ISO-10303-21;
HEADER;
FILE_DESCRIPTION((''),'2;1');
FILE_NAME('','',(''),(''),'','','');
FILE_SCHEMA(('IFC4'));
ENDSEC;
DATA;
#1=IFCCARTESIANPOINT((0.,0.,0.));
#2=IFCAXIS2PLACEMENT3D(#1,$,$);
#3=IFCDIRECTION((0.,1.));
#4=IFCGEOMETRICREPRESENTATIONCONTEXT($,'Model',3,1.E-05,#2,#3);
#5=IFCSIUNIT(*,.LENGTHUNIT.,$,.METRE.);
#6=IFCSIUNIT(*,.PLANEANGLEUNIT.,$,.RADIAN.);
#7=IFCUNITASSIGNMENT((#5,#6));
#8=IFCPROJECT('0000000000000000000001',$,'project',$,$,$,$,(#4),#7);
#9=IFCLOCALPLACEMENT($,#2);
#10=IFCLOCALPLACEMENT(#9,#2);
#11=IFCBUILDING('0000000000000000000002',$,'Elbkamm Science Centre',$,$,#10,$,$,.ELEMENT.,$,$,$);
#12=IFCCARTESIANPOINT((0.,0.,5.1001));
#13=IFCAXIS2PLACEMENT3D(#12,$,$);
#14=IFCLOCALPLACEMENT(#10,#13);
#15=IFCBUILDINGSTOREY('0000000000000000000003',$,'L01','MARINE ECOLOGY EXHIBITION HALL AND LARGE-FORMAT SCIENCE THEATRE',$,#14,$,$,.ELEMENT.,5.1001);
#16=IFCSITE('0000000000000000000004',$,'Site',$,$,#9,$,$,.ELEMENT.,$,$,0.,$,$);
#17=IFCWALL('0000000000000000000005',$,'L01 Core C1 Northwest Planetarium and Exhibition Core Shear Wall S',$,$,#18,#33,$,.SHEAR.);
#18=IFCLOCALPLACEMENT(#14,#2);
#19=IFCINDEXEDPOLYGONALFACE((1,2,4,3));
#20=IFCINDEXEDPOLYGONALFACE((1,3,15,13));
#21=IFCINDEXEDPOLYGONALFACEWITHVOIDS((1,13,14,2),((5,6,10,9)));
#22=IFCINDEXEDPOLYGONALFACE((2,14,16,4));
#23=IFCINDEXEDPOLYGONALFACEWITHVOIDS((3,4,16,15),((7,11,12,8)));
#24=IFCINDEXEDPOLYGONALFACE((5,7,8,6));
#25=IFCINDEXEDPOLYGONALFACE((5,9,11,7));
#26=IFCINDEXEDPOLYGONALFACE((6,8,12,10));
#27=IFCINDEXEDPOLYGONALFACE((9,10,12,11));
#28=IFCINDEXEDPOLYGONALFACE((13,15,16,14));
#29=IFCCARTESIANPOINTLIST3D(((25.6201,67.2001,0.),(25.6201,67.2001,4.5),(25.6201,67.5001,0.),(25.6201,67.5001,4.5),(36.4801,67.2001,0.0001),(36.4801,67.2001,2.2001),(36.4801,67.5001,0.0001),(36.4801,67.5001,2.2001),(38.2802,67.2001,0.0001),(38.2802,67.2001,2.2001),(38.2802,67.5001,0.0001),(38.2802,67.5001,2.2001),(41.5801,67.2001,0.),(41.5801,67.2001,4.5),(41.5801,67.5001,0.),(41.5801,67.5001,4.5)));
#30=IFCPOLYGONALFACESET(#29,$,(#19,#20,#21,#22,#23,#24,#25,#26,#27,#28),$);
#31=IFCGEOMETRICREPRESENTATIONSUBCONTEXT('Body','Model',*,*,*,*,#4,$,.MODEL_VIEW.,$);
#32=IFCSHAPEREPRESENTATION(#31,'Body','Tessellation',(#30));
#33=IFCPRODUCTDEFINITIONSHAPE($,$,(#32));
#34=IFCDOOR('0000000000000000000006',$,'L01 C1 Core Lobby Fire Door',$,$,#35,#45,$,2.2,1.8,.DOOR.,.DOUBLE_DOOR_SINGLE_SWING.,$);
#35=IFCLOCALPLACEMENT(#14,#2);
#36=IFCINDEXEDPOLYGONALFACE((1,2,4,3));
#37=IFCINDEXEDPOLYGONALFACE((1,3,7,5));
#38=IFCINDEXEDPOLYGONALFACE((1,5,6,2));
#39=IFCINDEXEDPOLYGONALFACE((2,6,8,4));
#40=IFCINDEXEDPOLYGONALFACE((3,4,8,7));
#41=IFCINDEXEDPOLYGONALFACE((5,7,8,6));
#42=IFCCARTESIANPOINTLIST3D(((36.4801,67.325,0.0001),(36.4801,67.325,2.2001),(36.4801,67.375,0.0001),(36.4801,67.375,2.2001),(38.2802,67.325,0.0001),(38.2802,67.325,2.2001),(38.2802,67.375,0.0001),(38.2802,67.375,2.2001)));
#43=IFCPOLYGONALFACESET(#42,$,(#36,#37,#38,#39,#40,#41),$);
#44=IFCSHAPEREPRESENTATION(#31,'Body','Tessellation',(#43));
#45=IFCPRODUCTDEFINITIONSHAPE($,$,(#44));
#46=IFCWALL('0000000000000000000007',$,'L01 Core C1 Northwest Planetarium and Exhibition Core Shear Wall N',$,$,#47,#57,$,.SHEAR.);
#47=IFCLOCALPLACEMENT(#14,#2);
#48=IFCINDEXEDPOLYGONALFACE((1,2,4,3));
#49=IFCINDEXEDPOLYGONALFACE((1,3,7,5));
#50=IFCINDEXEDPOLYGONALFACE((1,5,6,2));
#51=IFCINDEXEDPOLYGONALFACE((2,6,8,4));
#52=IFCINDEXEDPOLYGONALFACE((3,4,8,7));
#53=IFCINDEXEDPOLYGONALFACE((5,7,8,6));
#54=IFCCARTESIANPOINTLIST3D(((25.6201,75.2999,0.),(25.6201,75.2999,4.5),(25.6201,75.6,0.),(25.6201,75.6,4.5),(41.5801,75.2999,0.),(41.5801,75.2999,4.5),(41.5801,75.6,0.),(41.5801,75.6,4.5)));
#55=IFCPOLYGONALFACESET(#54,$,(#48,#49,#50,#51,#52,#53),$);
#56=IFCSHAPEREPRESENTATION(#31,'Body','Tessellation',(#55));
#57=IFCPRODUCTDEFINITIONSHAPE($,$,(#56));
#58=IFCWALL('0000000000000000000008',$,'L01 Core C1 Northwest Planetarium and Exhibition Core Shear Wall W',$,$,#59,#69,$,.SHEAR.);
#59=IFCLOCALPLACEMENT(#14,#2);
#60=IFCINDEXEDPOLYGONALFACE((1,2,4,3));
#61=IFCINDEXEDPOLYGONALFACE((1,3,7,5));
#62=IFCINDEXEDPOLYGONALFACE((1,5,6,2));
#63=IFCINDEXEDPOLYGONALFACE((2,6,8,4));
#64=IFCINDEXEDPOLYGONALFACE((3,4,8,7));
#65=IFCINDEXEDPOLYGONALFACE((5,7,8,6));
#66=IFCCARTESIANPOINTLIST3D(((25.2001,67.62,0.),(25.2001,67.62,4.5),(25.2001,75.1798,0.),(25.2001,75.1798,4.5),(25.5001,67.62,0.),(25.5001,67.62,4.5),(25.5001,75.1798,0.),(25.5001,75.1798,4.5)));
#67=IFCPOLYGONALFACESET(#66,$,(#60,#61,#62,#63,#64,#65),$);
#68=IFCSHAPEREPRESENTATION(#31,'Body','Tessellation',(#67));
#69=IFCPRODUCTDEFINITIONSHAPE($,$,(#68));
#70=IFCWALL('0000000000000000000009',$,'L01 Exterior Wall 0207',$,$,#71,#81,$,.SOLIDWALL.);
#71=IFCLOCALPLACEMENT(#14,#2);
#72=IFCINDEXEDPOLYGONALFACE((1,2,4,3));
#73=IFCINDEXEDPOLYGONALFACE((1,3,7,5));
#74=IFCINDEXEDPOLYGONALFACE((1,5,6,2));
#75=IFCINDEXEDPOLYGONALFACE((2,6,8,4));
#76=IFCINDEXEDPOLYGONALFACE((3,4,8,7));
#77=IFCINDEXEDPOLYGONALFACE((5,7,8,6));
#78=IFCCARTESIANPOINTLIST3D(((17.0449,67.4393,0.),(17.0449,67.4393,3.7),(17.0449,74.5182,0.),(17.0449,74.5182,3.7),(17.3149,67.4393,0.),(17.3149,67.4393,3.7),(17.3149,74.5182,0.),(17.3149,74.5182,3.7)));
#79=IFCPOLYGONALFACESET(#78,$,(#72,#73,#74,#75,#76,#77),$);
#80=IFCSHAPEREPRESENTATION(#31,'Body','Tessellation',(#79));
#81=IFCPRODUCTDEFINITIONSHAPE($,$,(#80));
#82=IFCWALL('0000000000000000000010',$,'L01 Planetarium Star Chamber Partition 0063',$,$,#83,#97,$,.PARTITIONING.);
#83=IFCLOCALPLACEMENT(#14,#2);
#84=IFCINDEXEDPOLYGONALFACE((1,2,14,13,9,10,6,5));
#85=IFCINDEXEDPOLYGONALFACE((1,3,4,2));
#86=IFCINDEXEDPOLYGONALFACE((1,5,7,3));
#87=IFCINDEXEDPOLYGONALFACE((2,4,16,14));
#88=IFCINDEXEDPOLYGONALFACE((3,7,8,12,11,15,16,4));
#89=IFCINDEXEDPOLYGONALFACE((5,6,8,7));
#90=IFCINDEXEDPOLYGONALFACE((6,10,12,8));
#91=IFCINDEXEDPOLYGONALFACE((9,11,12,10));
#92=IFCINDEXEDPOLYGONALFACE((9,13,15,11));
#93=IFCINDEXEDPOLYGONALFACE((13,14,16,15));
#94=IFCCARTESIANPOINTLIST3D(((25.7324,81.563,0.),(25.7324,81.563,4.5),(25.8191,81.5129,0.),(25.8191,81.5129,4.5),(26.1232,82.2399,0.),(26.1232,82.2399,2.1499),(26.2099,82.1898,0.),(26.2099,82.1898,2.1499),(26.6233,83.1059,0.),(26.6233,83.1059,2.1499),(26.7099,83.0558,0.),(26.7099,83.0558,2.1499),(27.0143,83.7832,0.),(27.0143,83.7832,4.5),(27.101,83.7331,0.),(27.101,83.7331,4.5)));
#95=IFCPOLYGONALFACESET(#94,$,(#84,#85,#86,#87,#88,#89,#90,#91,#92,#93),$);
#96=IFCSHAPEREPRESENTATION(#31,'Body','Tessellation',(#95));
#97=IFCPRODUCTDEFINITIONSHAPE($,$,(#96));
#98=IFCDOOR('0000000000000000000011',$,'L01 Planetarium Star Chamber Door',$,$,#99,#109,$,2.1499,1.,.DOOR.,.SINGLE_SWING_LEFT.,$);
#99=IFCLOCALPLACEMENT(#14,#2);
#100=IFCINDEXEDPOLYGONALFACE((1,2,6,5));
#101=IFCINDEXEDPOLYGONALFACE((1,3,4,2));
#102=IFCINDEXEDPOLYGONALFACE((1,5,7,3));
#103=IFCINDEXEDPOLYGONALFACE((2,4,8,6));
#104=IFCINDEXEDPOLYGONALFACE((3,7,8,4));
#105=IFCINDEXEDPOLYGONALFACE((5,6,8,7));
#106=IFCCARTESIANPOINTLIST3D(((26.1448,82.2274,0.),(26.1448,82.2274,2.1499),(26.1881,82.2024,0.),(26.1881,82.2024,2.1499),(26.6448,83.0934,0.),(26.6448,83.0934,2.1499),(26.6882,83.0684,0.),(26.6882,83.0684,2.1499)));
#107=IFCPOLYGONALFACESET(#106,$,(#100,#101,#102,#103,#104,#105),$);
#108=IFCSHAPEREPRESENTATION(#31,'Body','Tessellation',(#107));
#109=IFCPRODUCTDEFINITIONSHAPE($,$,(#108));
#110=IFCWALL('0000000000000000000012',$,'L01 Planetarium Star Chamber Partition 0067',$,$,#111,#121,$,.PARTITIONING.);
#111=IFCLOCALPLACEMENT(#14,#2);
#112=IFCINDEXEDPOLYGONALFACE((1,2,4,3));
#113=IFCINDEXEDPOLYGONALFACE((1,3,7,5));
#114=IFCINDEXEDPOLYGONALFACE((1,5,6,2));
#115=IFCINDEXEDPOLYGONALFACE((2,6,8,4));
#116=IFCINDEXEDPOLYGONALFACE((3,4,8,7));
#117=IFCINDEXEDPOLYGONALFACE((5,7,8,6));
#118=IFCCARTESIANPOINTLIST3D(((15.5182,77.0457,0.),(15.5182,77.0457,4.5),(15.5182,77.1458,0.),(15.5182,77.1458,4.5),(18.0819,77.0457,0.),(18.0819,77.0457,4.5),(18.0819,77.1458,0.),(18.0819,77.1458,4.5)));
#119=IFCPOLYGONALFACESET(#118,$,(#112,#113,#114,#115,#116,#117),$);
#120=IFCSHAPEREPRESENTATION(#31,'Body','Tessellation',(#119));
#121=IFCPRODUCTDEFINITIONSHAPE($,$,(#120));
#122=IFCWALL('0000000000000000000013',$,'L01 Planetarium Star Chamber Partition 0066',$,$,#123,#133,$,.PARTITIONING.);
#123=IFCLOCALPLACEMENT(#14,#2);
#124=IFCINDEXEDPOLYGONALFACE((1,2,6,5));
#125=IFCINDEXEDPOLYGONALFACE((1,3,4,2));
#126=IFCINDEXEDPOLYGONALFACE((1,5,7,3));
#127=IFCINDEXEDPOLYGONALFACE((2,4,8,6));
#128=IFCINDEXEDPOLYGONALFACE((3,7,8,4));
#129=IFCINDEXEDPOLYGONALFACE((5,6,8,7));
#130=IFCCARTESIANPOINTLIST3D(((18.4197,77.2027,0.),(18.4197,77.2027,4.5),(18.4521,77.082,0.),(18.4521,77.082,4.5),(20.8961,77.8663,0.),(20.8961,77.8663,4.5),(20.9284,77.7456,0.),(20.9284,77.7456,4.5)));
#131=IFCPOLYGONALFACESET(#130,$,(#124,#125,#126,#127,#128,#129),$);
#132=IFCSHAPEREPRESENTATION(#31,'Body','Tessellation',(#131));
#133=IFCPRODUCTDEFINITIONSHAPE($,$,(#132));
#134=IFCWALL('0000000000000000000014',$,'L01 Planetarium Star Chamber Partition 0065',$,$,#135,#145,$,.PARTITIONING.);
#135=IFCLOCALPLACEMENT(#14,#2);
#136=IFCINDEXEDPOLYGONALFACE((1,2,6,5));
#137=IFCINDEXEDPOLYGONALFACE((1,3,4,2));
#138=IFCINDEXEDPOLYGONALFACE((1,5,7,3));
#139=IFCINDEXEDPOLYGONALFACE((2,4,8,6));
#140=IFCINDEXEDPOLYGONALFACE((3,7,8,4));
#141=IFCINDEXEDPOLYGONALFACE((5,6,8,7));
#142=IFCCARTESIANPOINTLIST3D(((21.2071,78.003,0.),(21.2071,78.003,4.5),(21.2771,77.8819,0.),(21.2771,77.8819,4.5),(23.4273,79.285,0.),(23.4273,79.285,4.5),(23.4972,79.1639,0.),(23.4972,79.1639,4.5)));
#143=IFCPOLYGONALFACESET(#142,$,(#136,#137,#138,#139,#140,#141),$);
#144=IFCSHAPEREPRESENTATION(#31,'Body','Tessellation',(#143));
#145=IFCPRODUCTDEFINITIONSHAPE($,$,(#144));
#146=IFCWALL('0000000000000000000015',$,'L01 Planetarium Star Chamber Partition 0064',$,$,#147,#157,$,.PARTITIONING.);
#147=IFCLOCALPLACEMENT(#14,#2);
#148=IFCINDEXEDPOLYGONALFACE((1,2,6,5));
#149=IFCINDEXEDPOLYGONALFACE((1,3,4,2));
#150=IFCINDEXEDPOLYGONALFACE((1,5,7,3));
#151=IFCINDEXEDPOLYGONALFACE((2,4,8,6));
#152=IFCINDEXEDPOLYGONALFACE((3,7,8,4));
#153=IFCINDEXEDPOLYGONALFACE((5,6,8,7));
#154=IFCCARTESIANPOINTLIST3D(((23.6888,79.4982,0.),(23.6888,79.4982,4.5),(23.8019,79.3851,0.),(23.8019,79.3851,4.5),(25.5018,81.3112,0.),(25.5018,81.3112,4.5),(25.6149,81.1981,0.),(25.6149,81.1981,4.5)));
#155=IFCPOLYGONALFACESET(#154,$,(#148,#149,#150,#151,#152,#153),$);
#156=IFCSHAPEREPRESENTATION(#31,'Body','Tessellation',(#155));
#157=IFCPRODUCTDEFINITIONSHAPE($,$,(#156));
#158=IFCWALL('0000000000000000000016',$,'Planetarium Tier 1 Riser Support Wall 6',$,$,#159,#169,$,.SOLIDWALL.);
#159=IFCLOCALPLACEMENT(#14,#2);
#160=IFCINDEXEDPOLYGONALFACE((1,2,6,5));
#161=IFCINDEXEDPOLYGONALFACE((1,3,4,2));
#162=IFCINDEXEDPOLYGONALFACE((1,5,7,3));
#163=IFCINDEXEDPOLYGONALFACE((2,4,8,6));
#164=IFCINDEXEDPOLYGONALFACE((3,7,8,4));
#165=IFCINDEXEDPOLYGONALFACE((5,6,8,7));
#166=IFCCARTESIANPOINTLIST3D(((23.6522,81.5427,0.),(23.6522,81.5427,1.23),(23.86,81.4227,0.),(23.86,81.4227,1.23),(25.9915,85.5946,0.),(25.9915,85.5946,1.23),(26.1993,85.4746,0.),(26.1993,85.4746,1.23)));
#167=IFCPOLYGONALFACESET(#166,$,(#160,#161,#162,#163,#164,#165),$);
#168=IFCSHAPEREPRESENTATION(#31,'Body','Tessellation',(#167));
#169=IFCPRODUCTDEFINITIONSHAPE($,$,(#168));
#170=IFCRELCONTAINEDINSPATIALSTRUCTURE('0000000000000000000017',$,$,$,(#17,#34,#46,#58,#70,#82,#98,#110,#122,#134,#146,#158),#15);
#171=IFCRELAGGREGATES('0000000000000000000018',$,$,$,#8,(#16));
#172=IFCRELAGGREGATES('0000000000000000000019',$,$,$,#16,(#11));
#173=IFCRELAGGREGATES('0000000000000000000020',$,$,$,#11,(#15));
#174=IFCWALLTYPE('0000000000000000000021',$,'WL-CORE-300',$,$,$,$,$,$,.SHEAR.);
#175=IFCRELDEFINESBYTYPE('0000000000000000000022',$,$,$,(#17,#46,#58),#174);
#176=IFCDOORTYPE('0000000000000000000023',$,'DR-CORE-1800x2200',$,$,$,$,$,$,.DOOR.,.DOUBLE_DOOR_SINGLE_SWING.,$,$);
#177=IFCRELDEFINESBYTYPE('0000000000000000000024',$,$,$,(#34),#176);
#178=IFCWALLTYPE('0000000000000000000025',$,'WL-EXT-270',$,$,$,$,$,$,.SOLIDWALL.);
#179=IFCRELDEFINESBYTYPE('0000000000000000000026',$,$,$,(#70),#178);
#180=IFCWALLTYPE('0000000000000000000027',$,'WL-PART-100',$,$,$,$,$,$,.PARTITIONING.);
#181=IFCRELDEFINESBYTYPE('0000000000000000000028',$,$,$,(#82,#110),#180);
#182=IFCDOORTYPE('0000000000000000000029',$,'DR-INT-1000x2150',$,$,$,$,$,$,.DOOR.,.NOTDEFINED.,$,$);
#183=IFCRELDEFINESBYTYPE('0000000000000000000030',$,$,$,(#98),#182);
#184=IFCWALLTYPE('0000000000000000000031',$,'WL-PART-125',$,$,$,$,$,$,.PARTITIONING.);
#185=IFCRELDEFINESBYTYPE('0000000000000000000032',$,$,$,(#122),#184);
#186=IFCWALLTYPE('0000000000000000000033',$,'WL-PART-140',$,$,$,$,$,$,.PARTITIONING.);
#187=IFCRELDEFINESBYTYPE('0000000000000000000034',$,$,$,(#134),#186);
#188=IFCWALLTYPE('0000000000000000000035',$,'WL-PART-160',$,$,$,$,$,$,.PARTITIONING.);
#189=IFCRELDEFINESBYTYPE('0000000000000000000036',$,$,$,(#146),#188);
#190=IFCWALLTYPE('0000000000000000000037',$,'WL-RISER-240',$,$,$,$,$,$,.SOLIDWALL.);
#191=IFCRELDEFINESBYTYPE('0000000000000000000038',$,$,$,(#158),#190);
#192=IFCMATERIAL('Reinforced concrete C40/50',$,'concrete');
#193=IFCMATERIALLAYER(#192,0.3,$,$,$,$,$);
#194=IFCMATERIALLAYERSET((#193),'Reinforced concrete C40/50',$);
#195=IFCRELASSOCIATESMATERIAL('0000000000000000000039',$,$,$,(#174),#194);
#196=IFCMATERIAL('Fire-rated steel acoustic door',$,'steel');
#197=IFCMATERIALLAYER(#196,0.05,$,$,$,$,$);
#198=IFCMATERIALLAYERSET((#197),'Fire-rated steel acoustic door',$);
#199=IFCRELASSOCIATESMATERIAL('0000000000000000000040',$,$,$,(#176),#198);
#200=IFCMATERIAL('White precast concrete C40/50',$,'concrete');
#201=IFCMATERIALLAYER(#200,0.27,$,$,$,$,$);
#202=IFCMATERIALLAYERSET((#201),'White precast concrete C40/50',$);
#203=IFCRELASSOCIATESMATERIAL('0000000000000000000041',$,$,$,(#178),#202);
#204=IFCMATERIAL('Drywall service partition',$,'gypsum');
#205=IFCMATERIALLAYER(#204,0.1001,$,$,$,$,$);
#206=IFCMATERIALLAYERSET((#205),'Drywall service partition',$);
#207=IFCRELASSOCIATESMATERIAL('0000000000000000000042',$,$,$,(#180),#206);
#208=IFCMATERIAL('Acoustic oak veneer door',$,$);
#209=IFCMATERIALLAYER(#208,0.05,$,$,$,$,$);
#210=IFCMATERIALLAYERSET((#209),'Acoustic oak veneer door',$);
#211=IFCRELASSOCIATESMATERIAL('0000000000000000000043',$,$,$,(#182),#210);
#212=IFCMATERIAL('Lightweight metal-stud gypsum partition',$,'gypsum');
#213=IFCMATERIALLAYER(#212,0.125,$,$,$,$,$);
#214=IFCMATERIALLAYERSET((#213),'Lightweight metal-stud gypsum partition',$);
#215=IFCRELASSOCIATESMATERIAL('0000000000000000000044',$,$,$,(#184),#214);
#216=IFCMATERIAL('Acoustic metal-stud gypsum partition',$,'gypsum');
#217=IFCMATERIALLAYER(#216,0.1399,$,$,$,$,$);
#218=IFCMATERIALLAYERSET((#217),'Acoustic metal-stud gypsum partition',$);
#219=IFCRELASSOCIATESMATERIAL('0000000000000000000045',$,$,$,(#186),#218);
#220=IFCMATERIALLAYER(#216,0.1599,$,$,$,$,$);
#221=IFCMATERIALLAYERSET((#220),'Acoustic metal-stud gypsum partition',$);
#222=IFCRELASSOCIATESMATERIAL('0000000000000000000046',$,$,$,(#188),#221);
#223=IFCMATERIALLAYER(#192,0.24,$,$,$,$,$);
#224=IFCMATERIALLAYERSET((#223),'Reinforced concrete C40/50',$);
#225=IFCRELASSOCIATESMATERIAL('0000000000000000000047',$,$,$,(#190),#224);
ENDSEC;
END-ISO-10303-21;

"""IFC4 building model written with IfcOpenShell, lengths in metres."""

from ifc_helpers import new_model, si_unit, direction, frame, frame_2d, origin, place, context, subcontext, project, spatial, rectangle, extrude, material, layer, layer_set, type_object, element, fill, save


model = new_model("IFC4")

# Units and contexts
model_context = context("Model", 3, precision=1e-05, world=origin(), true_north=direction((0.0, 1.0)))
body_context = subcontext(model_context, "Body", "Model", "MODEL_VIEW")
ifc_project = project(units=[si_unit("LENGTHUNIT", "METRE"), si_unit("PLANEANGLEUNIT", "RADIAN")], contexts=[model_context])

# Site, building, storey
site_placement = place(None, origin())
site = spatial("IfcSite", under=ifc_project, at=site_placement, Name="Site", CompositionType="ELEMENT", RefElevation=0.0)
building_placement = place(site_placement, origin())
building = spatial("IfcBuilding", under=site, at=building_placement, Name="Elbkamm Science Centre", CompositionType="ELEMENT")
storey_placement = place(building_placement, frame((0.0, 0.0, 5.1001)))
storey = spatial("IfcBuildingStorey", under=building, at=storey_placement, Name="L01", Description="MARINE ECOLOGY EXHIBITION HALL AND LARGE-FORMAT SCIENCE THEATRE", CompositionType="ELEMENT", Elevation=5.1001)

# Shared definitions
ifc_material_1 = material(Name="Reinforced concrete C40/50", Category="concrete")

# Wall, opening, door
ifc_layer_1 = layer(ifc_material_1, 0.3)
ifc_layer_set_1 = layer_set([ifc_layer_1], Name="Reinforced concrete C40/50")
wall_type_1 = type_object("IfcWallType", Name="WL-CORE-300", PredefinedType="SHEAR", material=ifc_layer_set_1)
wall_1_placement = place(storey_placement, frame((25.6201, 67.3501, 0.0), z_axis=(0.0, 0.0, 1.0), x_axis=(1.0, 0.0, 0.0)))
wall_1 = element("IfcWall", 1, at=wall_1_placement, inside=storey, type_object=wall_type_1, Name="L01 Core C1 Northwest Planetarium and Exhibition Core Shear Wall S", PredefinedType="SHEAR", context=body_context, shape_type="SweptSolid", body=[
    extrude(rectangle(XDim=15.96, YDim=0.3, at=frame_2d((7.98, 0.0))), origin(), (0.0, 0.0, 1.0), 4.5),
])
opening_1_placement = place(wall_1_placement, frame((10.8601, 0.0, 0.0)))
opening_1 = element("IfcOpeningElement", 2, at=opening_1_placement, cuts=wall_1, PredefinedType="OPENING", context=body_context, shape_type="SweptSolid", body=[
    extrude(rectangle(XDim=1.8, YDim=2.2, at=frame_2d((0.8999, 1.1001))), frame((0.0, 0.1621, 0.0), z_axis=(0.0, -1.0, 0.0), x_axis=(1.0, 0.0, 0.0)), (0.0, 0.0, 1.0), 0.324),
])
ifc_material_2 = material(Name="Fire-rated steel acoustic door", Category="steel")
ifc_layer_2 = layer(ifc_material_2, 0.05)
ifc_layer_set_2 = layer_set([ifc_layer_2], Name="Fire-rated steel acoustic door")
door_type_1 = type_object("IfcDoorType", Name="DR-CORE-1800x2200", OperationType="DOUBLE_DOOR_SINGLE_SWING", PredefinedType="DOOR", material=ifc_layer_set_2)
door_1_placement = place(opening_1_placement, origin())
door_1 = element("IfcDoor", 3, at=door_1_placement, inside=storey, type_object=door_type_1, Name="L01 C1 Core Lobby Fire Door", OperationType="DOUBLE_DOOR_SINGLE_SWING", OverallHeight=2.2, OverallWidth=1.8, PredefinedType="DOOR", context=body_context, shape_type="SweptSolid", body=[
    extrude(rectangle(XDim=1.8, YDim=2.2, at=frame_2d((0.8999, 1.1001))), frame((0.0, 0.0249, 0.0), z_axis=(0.0, -1.0, 0.0), x_axis=(1.0, 0.0, 0.0)), (0.0, 0.0, 1.0), 0.05),
])
fill(opening_1, door_1)

# Walls
wall_2_placement = place(storey_placement, frame((25.6201, 75.45, 0.0), z_axis=(0.0, 0.0, 1.0), x_axis=(1.0, 0.0, 0.0)))
element("IfcWall", 4, at=wall_2_placement, inside=storey, type_object=wall_type_1, Name="L01 Core C1 Northwest Planetarium and Exhibition Core Shear Wall N", PredefinedType="SHEAR", context=body_context, shape_type="SweptSolid", body=[
    extrude(rectangle(XDim=15.96, YDim=0.3, at=frame_2d((7.98, 0.0))), origin(), (0.0, 0.0, 1.0), 4.5),
])
wall_3_placement = place(storey_placement, frame((25.3501, 67.6201, 0.0), z_axis=(0.0, 0.0, 1.0), x_axis=(0.0, 1.0, 0.0)))
element("IfcWall", 5, at=wall_3_placement, inside=storey, type_object=wall_type_1, Name="L01 Core C1 Northwest Planetarium and Exhibition Core Shear Wall W", PredefinedType="SHEAR", context=body_context, shape_type="SweptSolid", body=[
    extrude(rectangle(XDim=7.5598, YDim=0.3, at=frame_2d((3.7798, 0.0))), origin(), (0.0, 0.0, 1.0), 4.5),
])
ifc_material_3 = material(Name="White precast concrete C40/50", Category="concrete")
ifc_layer_3 = layer(ifc_material_3, 0.27)
ifc_layer_set_3 = layer_set([ifc_layer_3], Name="White precast concrete C40/50")
wall_type_2 = type_object("IfcWallType", Name="WL-EXT-270", PredefinedType="SOLIDWALL", material=ifc_layer_set_3)
wall_4_placement = place(storey_placement, frame((17.1799, 67.4392, 0.0), z_axis=(0.0, 0.0, 1.0), x_axis=(0.0, 1.0, 0.0)))
element("IfcWall", 6, at=wall_4_placement, inside=storey, type_object=wall_type_2, Name="L01 Exterior Wall 0207", PredefinedType="SOLIDWALL", context=body_context, shape_type="SweptSolid", body=[
    extrude(rectangle(XDim=7.0789, YDim=0.27, at=frame_2d((3.5396, 0.0))), origin(), (0.0, 0.0, 1.0), 3.7),
])

# Wall, opening, door
ifc_material_4 = material(Name="Drywall service partition", Category="gypsum")
ifc_layer_4 = layer(ifc_material_4, 0.1001)
ifc_layer_set_4 = layer_set([ifc_layer_4], Name="Drywall service partition")
wall_type_3 = type_object("IfcWallType", Name="WL-PART-100", PredefinedType="PARTITIONING", material=ifc_layer_set_4)
wall_5_placement = place(storey_placement, frame((27.0576, 83.7581, 0.0), z_axis=(0.0, 0.0, 1.0), x_axis=(-0.500041, -0.866002, 0.0)))
wall_5 = element("IfcWall", 7, at=wall_5_placement, inside=storey, type_object=wall_type_3, Name="L01 Planetarium Star Chamber Partition 0063", PredefinedType="PARTITIONING", context=body_context, shape_type="SweptSolid", body=[
    extrude(rectangle(XDim=2.5637, YDim=0.1001, at=frame_2d((1.2817, 0.0))), origin(), (0.0, 0.0, 1.0), 4.5),
])
opening_2_placement = place(wall_5_placement, frame((0.782, 0.0, 0.0)))
opening_2 = element("IfcOpeningElement", 8, at=opening_2_placement, cuts=wall_5, PredefinedType="OPENING", context=body_context, shape_type="SweptSolid", body=[
    extrude(rectangle(XDim=1.0, YDim=2.1499, at=frame_2d((0.5, 1.075))), frame((0.0, 0.062, 0.0), z_axis=(0.0, -1.0, 0.0), x_axis=(1.0, 0.0, 0.0)), (0.0, 0.0, 1.0), 0.124),
])
ifc_material_5 = material(Name="Acoustic oak veneer door")
ifc_layer_5 = layer(ifc_material_5, 0.05)
ifc_layer_set_5 = layer_set([ifc_layer_5], Name="Acoustic oak veneer door")
door_type_2 = type_object("IfcDoorType", Name="DR-INT-1000x2150", OperationType="NOTDEFINED", PredefinedType="DOOR", material=ifc_layer_set_5)
door_2_placement = place(opening_2_placement, origin())
door_2 = element("IfcDoor", 9, at=door_2_placement, inside=storey, type_object=door_type_2, Name="L01 Planetarium Star Chamber Door", OperationType="SINGLE_SWING_LEFT", OverallHeight=2.1499, OverallWidth=1.0, PredefinedType="DOOR", context=body_context, shape_type="SweptSolid", body=[
    extrude(rectangle(XDim=1.0, YDim=2.1499, at=frame_2d((0.5, 1.075))), frame((0.0, 0.0249, 0.0), z_axis=(0.0, -1.0, 0.0), x_axis=(1.0, 0.0, 0.0)), (0.0, 0.0, 1.0), 0.05),
])
fill(opening_2, door_2)

# Walls
wall_6_placement = place(storey_placement, frame((18.0818, 77.0957, 0.0), z_axis=(0.0, 0.0, 1.0), x_axis=(-1.0, 0.0, 0.0)))
element("IfcWall", 10, at=wall_6_placement, inside=storey, type_object=wall_type_3, Name="L01 Planetarium Star Chamber Partition 0067", PredefinedType="PARTITIONING", context=body_context, shape_type="SweptSolid", body=[
    extrude(rectangle(XDim=2.5637, YDim=0.1001, at=frame_2d((1.2817, 0.0))), origin(), (0.0, 0.0, 1.0), 4.5),
])
ifc_material_6 = material(Name="Lightweight metal-stud gypsum partition", Category="gypsum")
ifc_layer_6 = layer(ifc_material_6, 0.125)
ifc_layer_set_6 = layer_set([ifc_layer_6], Name="Lightweight metal-stud gypsum partition")
wall_type_4 = type_object("IfcWallType", Name="WL-PART-125", PredefinedType="PARTITIONING", material=ifc_layer_set_6)
wall_7_placement = place(storey_placement, frame((20.9121, 77.8059, 0.0), z_axis=(0.0, 0.0, 1.0), x_axis=(-0.965921, -0.258836, 0.0)))
element("IfcWall", 11, at=wall_7_placement, inside=storey, type_object=wall_type_4, Name="L01 Planetarium Star Chamber Partition 0066", PredefinedType="PARTITIONING", context=body_context, shape_type="SweptSolid", body=[
    extrude(rectangle(XDim=2.5637, YDim=0.125, at=frame_2d((1.2817, 0.0))), origin(), (0.0, 0.0, 1.0), 4.5),
])
ifc_material_7 = material(Name="Acoustic metal-stud gypsum partition", Category="gypsum")
ifc_layer_7 = layer(ifc_material_7, 0.1399)
ifc_layer_set_7 = layer_set([ifc_layer_7], Name="Acoustic metal-stud gypsum partition")
wall_type_5 = type_object("IfcWallType", Name="WL-PART-140", PredefinedType="PARTITIONING", material=ifc_layer_set_7)
wall_8_placement = place(storey_placement, frame((23.4622, 79.2244, 0.0), z_axis=(0.0, 0.0, 1.0), x_axis=(-0.866002, -0.500041, 0.0)))
element("IfcWall", 12, at=wall_8_placement, inside=storey, type_object=wall_type_5, Name="L01 Planetarium Star Chamber Partition 0065", PredefinedType="PARTITIONING", context=body_context, shape_type="SweptSolid", body=[
    extrude(rectangle(XDim=2.5637, YDim=0.1399, at=frame_2d((1.2817, 0.0))), origin(), (0.0, 0.0, 1.0), 4.5),
])
ifc_layer_8 = layer(ifc_material_7, 0.1599)
ifc_layer_set_8 = layer_set([ifc_layer_8], Name="Acoustic metal-stud gypsum partition")
wall_type_6 = type_object("IfcWallType", Name="WL-PART-160", PredefinedType="PARTITIONING", material=ifc_layer_set_8)
wall_9_placement = place(storey_placement, frame((25.5583, 81.2546, 0.0), z_axis=(0.0, 0.0, 1.0), x_axis=(-0.707107, -0.707107, 0.0)))
element("IfcWall", 13, at=wall_9_placement, inside=storey, type_object=wall_type_6, Name="L01 Planetarium Star Chamber Partition 0064", PredefinedType="PARTITIONING", context=body_context, shape_type="SweptSolid", body=[
    extrude(rectangle(XDim=2.564, YDim=0.1599, at=frame_2d((1.282, 0.0))), origin(), (0.0, 0.0, 1.0), 4.5),
])
ifc_layer_9 = layer(ifc_material_1, 0.24)
ifc_layer_set_9 = layer_set([ifc_layer_9], Name="Reinforced concrete C40/50")
wall_type_7 = type_object("IfcWallType", Name="WL-RISER-240", PredefinedType="SOLIDWALL", material=ifc_layer_set_9)
wall_10_placement = place(storey_placement, frame((23.7561, 81.4827, 0.0), z_axis=(0.0, 0.0, 1.0), x_axis=(0.499989, 0.866032, 0.0)))
element("IfcWall", 14, at=wall_10_placement, inside=storey, type_object=wall_type_7, Name="Planetarium Tier 1 Riser Support Wall 6", PredefinedType="SOLIDWALL", context=body_context, shape_type="SweptSolid", body=[
    extrude(rectangle(XDim=4.6787, YDim=0.24, at=frame_2d((2.3394, 0.0))), origin(), (0.0, 0.0, 1.0), 1.23),
])

save(model, "model.ifc")
